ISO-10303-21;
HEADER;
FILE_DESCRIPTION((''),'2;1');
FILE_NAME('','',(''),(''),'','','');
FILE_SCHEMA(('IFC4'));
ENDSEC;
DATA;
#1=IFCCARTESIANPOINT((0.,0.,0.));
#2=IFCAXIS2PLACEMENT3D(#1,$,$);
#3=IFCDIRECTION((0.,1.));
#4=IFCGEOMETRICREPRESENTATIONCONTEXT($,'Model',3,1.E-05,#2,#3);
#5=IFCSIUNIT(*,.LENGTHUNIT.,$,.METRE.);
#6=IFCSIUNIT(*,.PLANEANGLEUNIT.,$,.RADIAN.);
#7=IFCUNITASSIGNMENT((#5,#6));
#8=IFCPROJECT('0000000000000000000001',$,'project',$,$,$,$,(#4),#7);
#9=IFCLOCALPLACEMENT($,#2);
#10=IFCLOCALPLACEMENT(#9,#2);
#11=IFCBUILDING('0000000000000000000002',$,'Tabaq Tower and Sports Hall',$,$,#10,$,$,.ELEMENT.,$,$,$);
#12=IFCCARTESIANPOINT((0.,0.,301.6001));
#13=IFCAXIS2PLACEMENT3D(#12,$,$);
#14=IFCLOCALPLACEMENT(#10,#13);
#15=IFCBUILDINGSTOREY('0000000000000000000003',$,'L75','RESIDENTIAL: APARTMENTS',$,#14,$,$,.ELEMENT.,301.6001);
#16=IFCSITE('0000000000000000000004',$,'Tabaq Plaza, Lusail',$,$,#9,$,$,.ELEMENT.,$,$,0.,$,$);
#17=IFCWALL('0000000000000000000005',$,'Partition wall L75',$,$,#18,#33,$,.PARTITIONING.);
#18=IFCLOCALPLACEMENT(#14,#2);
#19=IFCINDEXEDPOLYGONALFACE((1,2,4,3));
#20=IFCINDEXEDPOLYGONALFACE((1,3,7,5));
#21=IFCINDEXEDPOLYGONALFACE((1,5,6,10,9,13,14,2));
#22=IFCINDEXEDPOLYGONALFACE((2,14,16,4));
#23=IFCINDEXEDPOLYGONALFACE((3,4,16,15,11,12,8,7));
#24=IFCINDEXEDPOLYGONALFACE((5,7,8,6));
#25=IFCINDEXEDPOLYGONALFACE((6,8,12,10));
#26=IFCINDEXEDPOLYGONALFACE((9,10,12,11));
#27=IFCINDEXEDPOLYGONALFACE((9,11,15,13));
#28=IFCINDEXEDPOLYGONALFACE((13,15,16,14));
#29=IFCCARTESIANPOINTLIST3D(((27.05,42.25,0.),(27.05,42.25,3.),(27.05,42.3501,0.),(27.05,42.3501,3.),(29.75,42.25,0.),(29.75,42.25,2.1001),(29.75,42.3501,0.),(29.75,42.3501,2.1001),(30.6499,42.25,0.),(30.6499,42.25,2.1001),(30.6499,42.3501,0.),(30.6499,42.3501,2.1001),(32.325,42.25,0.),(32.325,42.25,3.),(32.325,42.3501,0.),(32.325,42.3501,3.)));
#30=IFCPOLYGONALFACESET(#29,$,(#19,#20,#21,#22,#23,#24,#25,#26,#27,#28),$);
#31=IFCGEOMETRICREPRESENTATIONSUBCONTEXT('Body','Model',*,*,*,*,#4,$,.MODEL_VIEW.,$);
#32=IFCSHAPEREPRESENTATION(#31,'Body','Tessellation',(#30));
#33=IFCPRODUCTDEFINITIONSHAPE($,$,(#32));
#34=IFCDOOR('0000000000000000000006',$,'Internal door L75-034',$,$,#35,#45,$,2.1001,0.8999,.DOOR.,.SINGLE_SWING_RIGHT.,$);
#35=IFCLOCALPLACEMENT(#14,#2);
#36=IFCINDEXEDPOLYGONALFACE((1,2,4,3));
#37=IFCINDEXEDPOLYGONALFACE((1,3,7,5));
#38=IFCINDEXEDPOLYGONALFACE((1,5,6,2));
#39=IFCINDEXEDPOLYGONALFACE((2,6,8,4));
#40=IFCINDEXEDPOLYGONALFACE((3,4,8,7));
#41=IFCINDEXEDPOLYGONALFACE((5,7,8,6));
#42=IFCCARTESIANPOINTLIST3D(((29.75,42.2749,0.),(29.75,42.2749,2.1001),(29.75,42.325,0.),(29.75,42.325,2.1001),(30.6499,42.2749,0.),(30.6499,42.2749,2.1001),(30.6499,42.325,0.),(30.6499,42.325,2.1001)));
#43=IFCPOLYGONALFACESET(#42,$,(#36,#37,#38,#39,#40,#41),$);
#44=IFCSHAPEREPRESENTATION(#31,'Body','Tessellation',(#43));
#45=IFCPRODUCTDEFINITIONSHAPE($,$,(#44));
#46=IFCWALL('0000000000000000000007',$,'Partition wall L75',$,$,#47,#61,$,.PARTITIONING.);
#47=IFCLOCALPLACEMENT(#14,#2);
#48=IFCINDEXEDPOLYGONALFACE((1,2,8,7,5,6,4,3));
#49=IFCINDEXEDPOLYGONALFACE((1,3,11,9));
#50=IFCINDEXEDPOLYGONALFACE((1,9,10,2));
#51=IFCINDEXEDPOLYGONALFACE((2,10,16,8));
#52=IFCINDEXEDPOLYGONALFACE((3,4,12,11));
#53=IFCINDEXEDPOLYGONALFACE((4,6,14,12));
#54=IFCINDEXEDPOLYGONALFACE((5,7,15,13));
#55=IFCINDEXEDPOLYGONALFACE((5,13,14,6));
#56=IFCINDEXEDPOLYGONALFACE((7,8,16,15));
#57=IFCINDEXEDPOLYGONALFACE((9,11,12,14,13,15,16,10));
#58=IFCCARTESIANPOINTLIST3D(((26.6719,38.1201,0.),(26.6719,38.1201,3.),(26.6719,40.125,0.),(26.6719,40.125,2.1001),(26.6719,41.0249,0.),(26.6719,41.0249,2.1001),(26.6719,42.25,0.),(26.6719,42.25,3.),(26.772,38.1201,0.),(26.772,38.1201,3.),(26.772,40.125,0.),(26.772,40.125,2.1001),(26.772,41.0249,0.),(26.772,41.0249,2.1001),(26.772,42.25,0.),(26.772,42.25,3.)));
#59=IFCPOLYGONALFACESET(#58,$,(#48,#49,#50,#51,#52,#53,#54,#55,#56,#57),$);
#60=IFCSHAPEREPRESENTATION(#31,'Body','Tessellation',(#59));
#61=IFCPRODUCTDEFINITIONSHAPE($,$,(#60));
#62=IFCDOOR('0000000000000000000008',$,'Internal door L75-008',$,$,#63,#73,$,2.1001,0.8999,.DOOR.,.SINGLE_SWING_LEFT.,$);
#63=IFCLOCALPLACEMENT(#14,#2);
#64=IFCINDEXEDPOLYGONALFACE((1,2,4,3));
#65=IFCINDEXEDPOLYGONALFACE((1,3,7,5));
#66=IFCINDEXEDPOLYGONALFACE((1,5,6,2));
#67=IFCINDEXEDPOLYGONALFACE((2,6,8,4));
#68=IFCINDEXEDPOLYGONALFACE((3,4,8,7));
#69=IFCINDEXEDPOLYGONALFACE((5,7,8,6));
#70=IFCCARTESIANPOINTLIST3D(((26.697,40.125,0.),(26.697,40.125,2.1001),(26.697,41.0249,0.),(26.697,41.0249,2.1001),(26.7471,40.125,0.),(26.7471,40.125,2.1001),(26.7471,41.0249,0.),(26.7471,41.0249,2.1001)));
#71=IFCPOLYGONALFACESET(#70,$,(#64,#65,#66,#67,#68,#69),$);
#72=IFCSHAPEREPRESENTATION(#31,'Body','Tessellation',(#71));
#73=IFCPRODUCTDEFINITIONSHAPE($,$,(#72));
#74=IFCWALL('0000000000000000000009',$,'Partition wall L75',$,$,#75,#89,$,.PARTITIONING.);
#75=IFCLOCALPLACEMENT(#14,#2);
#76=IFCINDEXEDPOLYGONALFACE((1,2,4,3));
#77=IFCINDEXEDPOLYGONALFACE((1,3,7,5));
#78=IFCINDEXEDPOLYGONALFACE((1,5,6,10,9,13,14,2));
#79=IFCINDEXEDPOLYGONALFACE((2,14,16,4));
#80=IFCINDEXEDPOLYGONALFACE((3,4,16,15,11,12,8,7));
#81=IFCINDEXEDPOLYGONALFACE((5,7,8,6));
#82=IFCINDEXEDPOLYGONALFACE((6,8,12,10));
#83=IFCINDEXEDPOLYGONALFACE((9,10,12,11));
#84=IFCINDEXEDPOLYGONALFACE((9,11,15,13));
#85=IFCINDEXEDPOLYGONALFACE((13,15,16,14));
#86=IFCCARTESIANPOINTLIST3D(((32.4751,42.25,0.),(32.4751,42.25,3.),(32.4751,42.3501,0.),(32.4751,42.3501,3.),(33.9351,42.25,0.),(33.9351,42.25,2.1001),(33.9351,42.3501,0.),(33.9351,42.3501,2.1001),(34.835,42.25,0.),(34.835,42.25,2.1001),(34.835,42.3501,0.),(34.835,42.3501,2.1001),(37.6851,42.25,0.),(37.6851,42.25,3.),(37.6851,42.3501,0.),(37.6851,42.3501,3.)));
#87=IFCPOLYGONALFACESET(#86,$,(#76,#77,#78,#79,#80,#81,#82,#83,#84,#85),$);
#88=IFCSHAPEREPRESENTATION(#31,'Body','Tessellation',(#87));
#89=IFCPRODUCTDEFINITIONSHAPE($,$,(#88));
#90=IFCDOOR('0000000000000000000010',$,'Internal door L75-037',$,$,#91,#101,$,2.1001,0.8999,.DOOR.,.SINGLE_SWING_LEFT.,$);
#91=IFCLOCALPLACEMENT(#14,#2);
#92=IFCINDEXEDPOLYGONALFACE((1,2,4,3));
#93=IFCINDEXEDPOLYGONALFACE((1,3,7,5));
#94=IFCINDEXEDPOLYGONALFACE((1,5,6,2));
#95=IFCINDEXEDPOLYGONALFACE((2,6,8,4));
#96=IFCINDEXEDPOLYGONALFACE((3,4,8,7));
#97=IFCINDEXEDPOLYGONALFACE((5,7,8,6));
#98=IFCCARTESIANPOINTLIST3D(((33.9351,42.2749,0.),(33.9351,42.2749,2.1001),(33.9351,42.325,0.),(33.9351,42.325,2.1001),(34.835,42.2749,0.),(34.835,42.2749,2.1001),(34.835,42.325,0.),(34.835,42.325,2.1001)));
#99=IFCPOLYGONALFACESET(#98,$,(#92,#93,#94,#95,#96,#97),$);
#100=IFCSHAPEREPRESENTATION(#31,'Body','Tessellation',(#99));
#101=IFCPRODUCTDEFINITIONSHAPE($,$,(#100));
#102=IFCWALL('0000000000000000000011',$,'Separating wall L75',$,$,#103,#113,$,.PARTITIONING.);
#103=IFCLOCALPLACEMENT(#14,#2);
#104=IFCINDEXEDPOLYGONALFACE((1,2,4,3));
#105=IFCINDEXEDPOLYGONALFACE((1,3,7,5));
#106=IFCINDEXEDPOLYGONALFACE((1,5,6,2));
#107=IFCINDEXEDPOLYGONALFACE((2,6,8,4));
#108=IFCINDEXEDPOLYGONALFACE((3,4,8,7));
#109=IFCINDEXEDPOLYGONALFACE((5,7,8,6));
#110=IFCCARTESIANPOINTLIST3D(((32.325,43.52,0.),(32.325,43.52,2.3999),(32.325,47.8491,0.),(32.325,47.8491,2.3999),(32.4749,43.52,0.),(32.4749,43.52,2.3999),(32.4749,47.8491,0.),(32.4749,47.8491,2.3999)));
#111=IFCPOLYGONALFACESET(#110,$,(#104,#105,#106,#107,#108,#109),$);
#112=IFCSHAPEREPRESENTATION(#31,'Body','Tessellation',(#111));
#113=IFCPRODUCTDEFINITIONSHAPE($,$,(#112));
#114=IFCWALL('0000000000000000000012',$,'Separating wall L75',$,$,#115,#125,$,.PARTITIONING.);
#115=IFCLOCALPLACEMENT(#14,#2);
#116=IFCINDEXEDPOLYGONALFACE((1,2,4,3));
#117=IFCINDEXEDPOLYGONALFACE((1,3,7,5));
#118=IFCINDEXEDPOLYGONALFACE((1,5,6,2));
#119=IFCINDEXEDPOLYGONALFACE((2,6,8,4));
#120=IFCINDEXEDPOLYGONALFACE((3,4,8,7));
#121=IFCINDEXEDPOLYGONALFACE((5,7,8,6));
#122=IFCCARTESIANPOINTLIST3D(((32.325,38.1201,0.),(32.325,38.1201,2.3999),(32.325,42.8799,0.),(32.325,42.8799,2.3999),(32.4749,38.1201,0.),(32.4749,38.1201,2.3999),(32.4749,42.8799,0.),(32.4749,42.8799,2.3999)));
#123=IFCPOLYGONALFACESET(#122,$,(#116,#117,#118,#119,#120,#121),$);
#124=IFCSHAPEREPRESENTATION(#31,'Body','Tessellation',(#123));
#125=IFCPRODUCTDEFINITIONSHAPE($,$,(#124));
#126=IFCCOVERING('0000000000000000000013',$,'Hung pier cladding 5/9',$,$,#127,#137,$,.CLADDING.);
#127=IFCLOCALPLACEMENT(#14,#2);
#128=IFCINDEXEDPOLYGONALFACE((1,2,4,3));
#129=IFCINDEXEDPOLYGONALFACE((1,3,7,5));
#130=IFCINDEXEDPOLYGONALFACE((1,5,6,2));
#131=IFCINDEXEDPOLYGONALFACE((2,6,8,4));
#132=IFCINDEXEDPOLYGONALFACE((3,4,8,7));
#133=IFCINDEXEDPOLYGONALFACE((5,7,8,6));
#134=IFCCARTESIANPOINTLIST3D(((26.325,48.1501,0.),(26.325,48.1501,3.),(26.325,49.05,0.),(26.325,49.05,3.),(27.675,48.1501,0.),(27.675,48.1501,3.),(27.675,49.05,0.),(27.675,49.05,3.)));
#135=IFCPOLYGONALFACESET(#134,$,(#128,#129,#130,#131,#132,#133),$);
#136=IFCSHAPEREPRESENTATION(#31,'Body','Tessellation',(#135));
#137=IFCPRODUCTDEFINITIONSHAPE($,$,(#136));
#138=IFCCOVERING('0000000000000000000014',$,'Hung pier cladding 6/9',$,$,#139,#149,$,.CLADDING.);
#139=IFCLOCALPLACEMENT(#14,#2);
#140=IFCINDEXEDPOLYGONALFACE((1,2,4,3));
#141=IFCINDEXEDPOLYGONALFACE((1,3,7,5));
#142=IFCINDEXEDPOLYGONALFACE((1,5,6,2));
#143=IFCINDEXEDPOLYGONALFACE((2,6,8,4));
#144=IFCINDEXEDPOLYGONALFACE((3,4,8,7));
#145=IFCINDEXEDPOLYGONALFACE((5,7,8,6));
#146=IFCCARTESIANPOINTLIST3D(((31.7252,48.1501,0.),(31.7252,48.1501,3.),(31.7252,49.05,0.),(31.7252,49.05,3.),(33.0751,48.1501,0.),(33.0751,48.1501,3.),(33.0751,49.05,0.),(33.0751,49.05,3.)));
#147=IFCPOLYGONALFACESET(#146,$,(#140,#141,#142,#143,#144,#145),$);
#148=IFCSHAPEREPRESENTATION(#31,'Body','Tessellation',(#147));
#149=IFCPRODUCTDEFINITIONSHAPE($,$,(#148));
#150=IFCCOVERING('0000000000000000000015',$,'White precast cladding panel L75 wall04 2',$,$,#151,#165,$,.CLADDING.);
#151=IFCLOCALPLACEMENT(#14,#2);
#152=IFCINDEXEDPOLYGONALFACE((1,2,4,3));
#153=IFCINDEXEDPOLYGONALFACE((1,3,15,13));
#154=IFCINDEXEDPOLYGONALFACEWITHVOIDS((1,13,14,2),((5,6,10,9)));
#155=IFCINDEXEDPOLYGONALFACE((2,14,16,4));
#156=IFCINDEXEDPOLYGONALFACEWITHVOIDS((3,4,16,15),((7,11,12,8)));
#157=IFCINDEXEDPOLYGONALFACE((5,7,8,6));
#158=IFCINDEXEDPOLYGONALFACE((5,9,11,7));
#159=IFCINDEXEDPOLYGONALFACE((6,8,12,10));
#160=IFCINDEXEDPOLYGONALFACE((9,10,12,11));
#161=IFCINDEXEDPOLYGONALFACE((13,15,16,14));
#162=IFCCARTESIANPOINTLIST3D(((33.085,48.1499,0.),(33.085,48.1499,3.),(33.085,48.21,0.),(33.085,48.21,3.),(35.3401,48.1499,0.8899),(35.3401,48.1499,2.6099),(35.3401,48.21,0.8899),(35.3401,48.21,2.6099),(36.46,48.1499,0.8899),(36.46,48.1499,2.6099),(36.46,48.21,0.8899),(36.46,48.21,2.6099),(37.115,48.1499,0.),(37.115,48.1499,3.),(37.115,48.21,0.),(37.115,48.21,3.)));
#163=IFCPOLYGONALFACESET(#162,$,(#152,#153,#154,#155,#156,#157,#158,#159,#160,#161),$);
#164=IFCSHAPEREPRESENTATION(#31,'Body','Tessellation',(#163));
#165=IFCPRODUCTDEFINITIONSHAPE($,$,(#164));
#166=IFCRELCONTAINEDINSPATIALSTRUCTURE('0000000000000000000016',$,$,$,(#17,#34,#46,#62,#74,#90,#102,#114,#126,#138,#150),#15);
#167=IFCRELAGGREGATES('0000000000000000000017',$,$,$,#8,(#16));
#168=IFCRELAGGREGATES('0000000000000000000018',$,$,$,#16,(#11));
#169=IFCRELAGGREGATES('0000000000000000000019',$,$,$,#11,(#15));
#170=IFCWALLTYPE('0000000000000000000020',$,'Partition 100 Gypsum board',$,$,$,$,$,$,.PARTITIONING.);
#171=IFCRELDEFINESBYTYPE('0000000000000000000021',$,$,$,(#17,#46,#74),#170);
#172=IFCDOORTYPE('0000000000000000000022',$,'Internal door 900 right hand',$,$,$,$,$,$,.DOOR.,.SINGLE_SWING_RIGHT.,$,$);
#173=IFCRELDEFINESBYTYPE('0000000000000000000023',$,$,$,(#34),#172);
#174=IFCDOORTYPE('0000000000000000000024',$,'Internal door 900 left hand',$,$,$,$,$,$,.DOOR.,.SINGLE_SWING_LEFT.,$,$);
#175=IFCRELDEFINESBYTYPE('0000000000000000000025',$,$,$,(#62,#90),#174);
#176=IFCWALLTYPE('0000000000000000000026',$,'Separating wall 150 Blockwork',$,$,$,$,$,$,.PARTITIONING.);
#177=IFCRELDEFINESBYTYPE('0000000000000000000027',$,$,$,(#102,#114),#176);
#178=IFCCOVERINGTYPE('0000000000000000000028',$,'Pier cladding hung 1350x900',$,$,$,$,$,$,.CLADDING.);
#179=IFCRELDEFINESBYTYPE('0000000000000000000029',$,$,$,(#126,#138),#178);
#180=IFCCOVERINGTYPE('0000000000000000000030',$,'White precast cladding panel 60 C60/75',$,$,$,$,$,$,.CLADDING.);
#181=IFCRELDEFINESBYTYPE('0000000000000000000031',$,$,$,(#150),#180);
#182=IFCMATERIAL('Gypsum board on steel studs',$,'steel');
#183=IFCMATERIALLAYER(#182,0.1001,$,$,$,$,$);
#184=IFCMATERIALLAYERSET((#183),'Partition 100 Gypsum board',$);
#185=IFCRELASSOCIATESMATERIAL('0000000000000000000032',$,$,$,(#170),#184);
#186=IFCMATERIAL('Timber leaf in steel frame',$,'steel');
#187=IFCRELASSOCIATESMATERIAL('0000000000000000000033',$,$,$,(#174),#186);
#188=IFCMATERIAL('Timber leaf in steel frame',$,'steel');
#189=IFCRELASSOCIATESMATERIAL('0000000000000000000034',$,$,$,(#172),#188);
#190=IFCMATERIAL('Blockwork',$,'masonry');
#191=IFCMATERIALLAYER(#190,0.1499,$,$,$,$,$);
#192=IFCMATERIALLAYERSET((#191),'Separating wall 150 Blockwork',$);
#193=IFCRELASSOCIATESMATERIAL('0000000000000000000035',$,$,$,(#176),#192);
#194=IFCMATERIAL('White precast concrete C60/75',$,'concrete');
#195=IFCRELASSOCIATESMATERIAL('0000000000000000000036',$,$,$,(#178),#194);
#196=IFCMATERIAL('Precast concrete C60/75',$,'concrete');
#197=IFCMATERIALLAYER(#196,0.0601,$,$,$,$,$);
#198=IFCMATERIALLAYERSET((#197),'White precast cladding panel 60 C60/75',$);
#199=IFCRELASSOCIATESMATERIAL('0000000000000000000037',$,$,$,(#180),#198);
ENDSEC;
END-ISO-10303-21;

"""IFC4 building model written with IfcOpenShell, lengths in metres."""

from ifc_helpers import new_model, si_unit, direction, frame, frame_2d, origin, place, context, subcontext, project, spatial, polyline, rectangle, outline, extrude, material, layer, layer_set, type_object, element, fill, save


model = new_model("IFC4")

# Units and contexts
model_context = context("Model", 3, precision=1e-05, world=origin(), true_north=direction((0.0, 1.0)))
body_context = subcontext(model_context, "Body", "Model", "MODEL_VIEW")
ifc_project = project(units=[si_unit("LENGTHUNIT", "METRE"), si_unit("PLANEANGLEUNIT", "RADIAN")], contexts=[model_context])

# Site, building, storey
site_placement = place(None, origin())
site = spatial("IfcSite", under=ifc_project, at=site_placement, Name="Tabaq Plaza, Lusail", CompositionType="ELEMENT", RefElevation=0.0)
building_placement = place(site_placement, origin())
building = spatial("IfcBuilding", under=site, at=building_placement, Name="Tabaq Tower and Sports Hall", CompositionType="ELEMENT")
storey_placement = place(building_placement, frame((0.0, 0.0, 301.6001)))
storey = spatial("IfcBuildingStorey", under=building, at=storey_placement, Name="L75", Description="RESIDENTIAL: APARTMENTS", CompositionType="ELEMENT", Elevation=301.6001)

# Shared definitions
ifc_material_1 = material(Name="Gypsum board on steel studs", Category="steel")
ifc_layer_1 = layer(ifc_material_1, 0.1001)
ifc_layer_set_1 = layer_set([ifc_layer_1], Name="Partition 100 Gypsum board")
wall_type_1 = type_object("IfcWallType", Name="Partition 100 Gypsum board", PredefinedType="PARTITIONING", material=ifc_layer_set_1)

# Walls, openings, doors
ifc_material_2 = material(Name="Timber leaf in steel frame", Category="steel")
door_type_1 = type_object("IfcDoorType", Name="Internal door 900 left hand", OperationType="SINGLE_SWING_LEFT", PredefinedType="DOOR", material=ifc_material_2)
wall_1_placement = place(storey_placement, frame((27.05, 42.3, 0.0), z_axis=(0.0, 0.0, 1.0), x_axis=(1.0, 0.0, 0.0)))
wall_1 = element("IfcWall", 1, at=wall_1_placement, inside=storey, type_object=wall_type_1, Name="Partition wall L75", PredefinedType="PARTITIONING", context=body_context, shape_type="SweptSolid", body=[
    extrude(rectangle(XDim=5.2749, YDim=0.1001, at=frame_2d((2.6375, 0.0))), origin(), (0.0, 0.0, 1.0), 3.0),
])
opening_1_placement = place(wall_1_placement, frame((2.7, 0.0, 0.0)))
opening_1 = element("IfcOpeningElement", 2, at=opening_1_placement, cuts=wall_1, PredefinedType="OPENING", context=body_context, shape_type="SweptSolid", body=[
    extrude(rectangle(XDim=0.8999, YDim=2.1001, at=frame_2d((0.45, 1.05))), frame((0.0, 0.05, 0.0), z_axis=(0.0, -1.0, 0.0), x_axis=(1.0, 0.0, 0.0)), (0.0, 0.0, 1.0), 0.1001),
])
ifc_material_3 = material(Name="Timber leaf in steel frame", Category="steel")
door_type_2 = type_object("IfcDoorType", Name="Internal door 900 right hand", OperationType="SINGLE_SWING_RIGHT", PredefinedType="DOOR", material=ifc_material_3)
door_1_placement = place(opening_1_placement, origin())
door_1 = element("IfcDoor", 3, at=door_1_placement, inside=storey, type_object=door_type_2, Name="Internal door L75-034", OperationType="SINGLE_SWING_RIGHT", OverallHeight=2.1001, OverallWidth=0.8999, PredefinedType="DOOR", context=body_context, shape_type="SweptSolid", body=[
    extrude(rectangle(XDim=0.8999, YDim=2.1001, at=frame_2d((0.45, 1.05))), frame((0.0, 0.0249, 0.0), z_axis=(0.0, -1.0, 0.0), x_axis=(1.0, 0.0, 0.0)), (0.0, 0.0, 1.0), 0.05),
])
fill(opening_1, door_1)
wall_2_placement = place(storey_placement, frame((26.7219, 38.1201, 0.0), z_axis=(0.0, 0.0, 1.0), x_axis=(0.0, 1.0, 0.0)))
wall_2 = element("IfcWall", 4, at=wall_2_placement, inside=storey, type_object=wall_type_1, Name="Partition wall L75", PredefinedType="PARTITIONING", context=body_context, shape_type="SweptSolid", body=[
    extrude(rectangle(XDim=4.1299, YDim=0.1001, at=frame_2d((2.0649, 0.0))), origin(), (0.0, 0.0, 1.0), 3.0),
])
opening_2_placement = place(wall_2_placement, frame((2.0049, 0.0, 0.0)))
opening_2 = element("IfcOpeningElement", 5, at=opening_2_placement, cuts=wall_2, PredefinedType="OPENING", context=body_context, shape_type="SweptSolid", body=[
    extrude(rectangle(XDim=0.8999, YDim=2.1001, at=frame_2d((0.45, 1.05))), frame((0.0, 0.05, 0.0), z_axis=(0.0, -1.0, 0.0), x_axis=(1.0, 0.0, 0.0)), (0.0, 0.0, 1.0), 0.1001),
])
door_2_placement = place(opening_2_placement, origin())
door_2 = element("IfcDoor", 6, at=door_2_placement, inside=storey, type_object=door_type_1, Name="Internal door L75-008", OperationType="SINGLE_SWING_LEFT", OverallHeight=2.1001, OverallWidth=0.8999, PredefinedType="DOOR", context=body_context, shape_type="SweptSolid", body=[
    extrude(rectangle(XDim=0.8999, YDim=2.1001, at=frame_2d((0.45, 1.05))), frame((0.0, 0.0249, 0.0), z_axis=(0.0, -1.0, 0.0), x_axis=(1.0, 0.0, 0.0)), (0.0, 0.0, 1.0), 0.05),
])
fill(opening_2, door_2)
wall_3_placement = place(storey_placement, frame((32.4751, 42.3, 0.0), z_axis=(0.0, 0.0, 1.0), x_axis=(1.0, 0.0, 0.0)))
wall_3 = element("IfcWall", 7, at=wall_3_placement, inside=storey, type_object=wall_type_1, Name="Partition wall L75", PredefinedType="PARTITIONING", context=body_context, shape_type="SweptSolid", body=[
    extrude(rectangle(XDim=5.21, YDim=0.1001, at=frame_2d((2.605, 0.0))), origin(), (0.0, 0.0, 1.0), 3.0),
])
opening_3_placement = place(wall_3_placement, frame((1.46, 0.0, 0.0)))
opening_3 = element("IfcOpeningElement", 8, at=opening_3_placement, cuts=wall_3, PredefinedType="OPENING", context=body_context, shape_type="SweptSolid", body=[
    extrude(rectangle(XDim=0.8999, YDim=2.1001, at=frame_2d((0.45, 1.05))), frame((0.0, 0.05, 0.0), z_axis=(0.0, -1.0, 0.0), x_axis=(1.0, 0.0, 0.0)), (0.0, 0.0, 1.0), 0.1001),
])
door_3_placement = place(opening_3_placement, origin())
door_3 = element("IfcDoor", 9, at=door_3_placement, inside=storey, type_object=door_type_1, Name="Internal door L75-037", OperationType="SINGLE_SWING_LEFT", OverallHeight=2.1001, OverallWidth=0.8999, PredefinedType="DOOR", context=body_context, shape_type="SweptSolid", body=[
    extrude(rectangle(XDim=0.8999, YDim=2.1001, at=frame_2d((0.45, 1.05))), frame((0.0, 0.0249, 0.0), z_axis=(0.0, -1.0, 0.0), x_axis=(1.0, 0.0, 0.0)), (0.0, 0.0, 1.0), 0.05),
])
fill(opening_3, door_3)

# Walls
ifc_material_4 = material(Name="Blockwork", Category="masonry")
ifc_layer_2 = layer(ifc_material_4, 0.1499)
ifc_layer_set_2 = layer_set([ifc_layer_2], Name="Separating wall 150 Blockwork")
wall_type_2 = type_object("IfcWallType", Name="Separating wall 150 Blockwork", PredefinedType="PARTITIONING", material=ifc_layer_set_2)
wall_4_placement = place(storey_placement, frame((32.3999, 43.52, 0.0), z_axis=(0.0, 0.0, 1.0), x_axis=(0.0, 1.0, 0.0)))
element("IfcWall", 10, at=wall_4_placement, inside=storey, type_object=wall_type_2, Name="Separating wall L75", PredefinedType="PARTITIONING", context=body_context, shape_type="SweptSolid", body=[
    extrude(rectangle(XDim=4.3291, YDim=0.1499, at=frame_2d((2.1646, 0.0))), origin(), (0.0, 0.0, 1.0), 2.3999),
])
wall_5_placement = place(storey_placement, frame((32.3999, 38.1201, 0.0), z_axis=(0.0, 0.0, 1.0), x_axis=(0.0, 1.0, 0.0)))
element("IfcWall", 11, at=wall_5_placement, inside=storey, type_object=wall_type_2, Name="Separating wall L75", PredefinedType="PARTITIONING", context=body_context, shape_type="SweptSolid", body=[
    extrude(rectangle(XDim=4.7598, YDim=0.1499, at=frame_2d((2.3799, 0.0))), origin(), (0.0, 0.0, 1.0), 2.3999),
])

# Coverings
ifc_material_5 = material(Name="White precast concrete C60/75", Category="concrete")
covering_type_1 = type_object("IfcCoveringType", Name="Pier cladding hung 1350x900", PredefinedType="CLADDING", material=ifc_material_5)
covering_1_placement = place(storey_placement, frame((27.675, 48.6001, 0.0), z_axis=(0.0, 0.0, 1.0), x_axis=(-1.0, 0.0, 0.0)))
element("IfcCovering", 12, at=covering_1_placement, inside=storey, type_object=covering_type_1, Name="Hung pier cladding 5/9", PredefinedType="CLADDING", context=body_context, shape_type="SweptSolid", body=[
    extrude(rectangle(XDim=1.3501, YDim=0.8999, at=frame_2d((0.675, 0.0))), origin(), (0.0, 0.0, 1.0), 3.0),
])
covering_2_placement = place(storey_placement, frame((33.075, 48.6001, 0.0), z_axis=(0.0, 0.0, 1.0), x_axis=(-1.0, 0.0, 0.0)))
element("IfcCovering", 13, at=covering_2_placement, inside=storey, type_object=covering_type_1, Name="Hung pier cladding 6/9", PredefinedType="CLADDING", context=body_context, shape_type="SweptSolid", body=[
    extrude(rectangle(XDim=1.3499, YDim=0.8999, at=frame_2d((0.6748, 0.0))), origin(), (0.0, 0.0, 1.0), 3.0),
])
ifc_material_6 = material(Name="Precast concrete C60/75", Category="concrete")
ifc_layer_3 = layer(ifc_material_6, 0.0601)
ifc_layer_set_3 = layer_set([ifc_layer_3], Name="White precast cladding panel 60 C60/75")
covering_type_2 = type_object("IfcCoveringType", Name="White precast cladding panel 60 C60/75", PredefinedType="CLADDING", material=ifc_layer_set_3)
covering_3_placement = place(storey_placement, frame((37.115, 48.1799, 0.0), z_axis=(0.0, 0.0, 1.0), x_axis=(-1.0, 0.0, 0.0)))
element("IfcCovering", 14, at=covering_3_placement, inside=storey, type_object=covering_type_2, Name="White precast cladding panel L75 wall04 2", PredefinedType="CLADDING", context=body_context, shape_type="SweptSolid", body=[
    extrude(outline(polyline([(0.0, 0.0), (4.03, 0.0), (4.03, 3.0), (0.0, 3.0), (0.0, 0.0)]), holes=[polyline([(0.655, 0.8899), (0.655, 2.6099), (1.7749, 2.6099), (1.7749, 0.8899), (0.655, 0.8899)])]), frame((0.0, 0.03, 0.0), z_axis=(0.0, -1.0, 0.0), x_axis=(1.0, 0.0, 0.0)), (0.0, 0.0, 1.0), 0.0601),
])

save(model, "model.ifc")
